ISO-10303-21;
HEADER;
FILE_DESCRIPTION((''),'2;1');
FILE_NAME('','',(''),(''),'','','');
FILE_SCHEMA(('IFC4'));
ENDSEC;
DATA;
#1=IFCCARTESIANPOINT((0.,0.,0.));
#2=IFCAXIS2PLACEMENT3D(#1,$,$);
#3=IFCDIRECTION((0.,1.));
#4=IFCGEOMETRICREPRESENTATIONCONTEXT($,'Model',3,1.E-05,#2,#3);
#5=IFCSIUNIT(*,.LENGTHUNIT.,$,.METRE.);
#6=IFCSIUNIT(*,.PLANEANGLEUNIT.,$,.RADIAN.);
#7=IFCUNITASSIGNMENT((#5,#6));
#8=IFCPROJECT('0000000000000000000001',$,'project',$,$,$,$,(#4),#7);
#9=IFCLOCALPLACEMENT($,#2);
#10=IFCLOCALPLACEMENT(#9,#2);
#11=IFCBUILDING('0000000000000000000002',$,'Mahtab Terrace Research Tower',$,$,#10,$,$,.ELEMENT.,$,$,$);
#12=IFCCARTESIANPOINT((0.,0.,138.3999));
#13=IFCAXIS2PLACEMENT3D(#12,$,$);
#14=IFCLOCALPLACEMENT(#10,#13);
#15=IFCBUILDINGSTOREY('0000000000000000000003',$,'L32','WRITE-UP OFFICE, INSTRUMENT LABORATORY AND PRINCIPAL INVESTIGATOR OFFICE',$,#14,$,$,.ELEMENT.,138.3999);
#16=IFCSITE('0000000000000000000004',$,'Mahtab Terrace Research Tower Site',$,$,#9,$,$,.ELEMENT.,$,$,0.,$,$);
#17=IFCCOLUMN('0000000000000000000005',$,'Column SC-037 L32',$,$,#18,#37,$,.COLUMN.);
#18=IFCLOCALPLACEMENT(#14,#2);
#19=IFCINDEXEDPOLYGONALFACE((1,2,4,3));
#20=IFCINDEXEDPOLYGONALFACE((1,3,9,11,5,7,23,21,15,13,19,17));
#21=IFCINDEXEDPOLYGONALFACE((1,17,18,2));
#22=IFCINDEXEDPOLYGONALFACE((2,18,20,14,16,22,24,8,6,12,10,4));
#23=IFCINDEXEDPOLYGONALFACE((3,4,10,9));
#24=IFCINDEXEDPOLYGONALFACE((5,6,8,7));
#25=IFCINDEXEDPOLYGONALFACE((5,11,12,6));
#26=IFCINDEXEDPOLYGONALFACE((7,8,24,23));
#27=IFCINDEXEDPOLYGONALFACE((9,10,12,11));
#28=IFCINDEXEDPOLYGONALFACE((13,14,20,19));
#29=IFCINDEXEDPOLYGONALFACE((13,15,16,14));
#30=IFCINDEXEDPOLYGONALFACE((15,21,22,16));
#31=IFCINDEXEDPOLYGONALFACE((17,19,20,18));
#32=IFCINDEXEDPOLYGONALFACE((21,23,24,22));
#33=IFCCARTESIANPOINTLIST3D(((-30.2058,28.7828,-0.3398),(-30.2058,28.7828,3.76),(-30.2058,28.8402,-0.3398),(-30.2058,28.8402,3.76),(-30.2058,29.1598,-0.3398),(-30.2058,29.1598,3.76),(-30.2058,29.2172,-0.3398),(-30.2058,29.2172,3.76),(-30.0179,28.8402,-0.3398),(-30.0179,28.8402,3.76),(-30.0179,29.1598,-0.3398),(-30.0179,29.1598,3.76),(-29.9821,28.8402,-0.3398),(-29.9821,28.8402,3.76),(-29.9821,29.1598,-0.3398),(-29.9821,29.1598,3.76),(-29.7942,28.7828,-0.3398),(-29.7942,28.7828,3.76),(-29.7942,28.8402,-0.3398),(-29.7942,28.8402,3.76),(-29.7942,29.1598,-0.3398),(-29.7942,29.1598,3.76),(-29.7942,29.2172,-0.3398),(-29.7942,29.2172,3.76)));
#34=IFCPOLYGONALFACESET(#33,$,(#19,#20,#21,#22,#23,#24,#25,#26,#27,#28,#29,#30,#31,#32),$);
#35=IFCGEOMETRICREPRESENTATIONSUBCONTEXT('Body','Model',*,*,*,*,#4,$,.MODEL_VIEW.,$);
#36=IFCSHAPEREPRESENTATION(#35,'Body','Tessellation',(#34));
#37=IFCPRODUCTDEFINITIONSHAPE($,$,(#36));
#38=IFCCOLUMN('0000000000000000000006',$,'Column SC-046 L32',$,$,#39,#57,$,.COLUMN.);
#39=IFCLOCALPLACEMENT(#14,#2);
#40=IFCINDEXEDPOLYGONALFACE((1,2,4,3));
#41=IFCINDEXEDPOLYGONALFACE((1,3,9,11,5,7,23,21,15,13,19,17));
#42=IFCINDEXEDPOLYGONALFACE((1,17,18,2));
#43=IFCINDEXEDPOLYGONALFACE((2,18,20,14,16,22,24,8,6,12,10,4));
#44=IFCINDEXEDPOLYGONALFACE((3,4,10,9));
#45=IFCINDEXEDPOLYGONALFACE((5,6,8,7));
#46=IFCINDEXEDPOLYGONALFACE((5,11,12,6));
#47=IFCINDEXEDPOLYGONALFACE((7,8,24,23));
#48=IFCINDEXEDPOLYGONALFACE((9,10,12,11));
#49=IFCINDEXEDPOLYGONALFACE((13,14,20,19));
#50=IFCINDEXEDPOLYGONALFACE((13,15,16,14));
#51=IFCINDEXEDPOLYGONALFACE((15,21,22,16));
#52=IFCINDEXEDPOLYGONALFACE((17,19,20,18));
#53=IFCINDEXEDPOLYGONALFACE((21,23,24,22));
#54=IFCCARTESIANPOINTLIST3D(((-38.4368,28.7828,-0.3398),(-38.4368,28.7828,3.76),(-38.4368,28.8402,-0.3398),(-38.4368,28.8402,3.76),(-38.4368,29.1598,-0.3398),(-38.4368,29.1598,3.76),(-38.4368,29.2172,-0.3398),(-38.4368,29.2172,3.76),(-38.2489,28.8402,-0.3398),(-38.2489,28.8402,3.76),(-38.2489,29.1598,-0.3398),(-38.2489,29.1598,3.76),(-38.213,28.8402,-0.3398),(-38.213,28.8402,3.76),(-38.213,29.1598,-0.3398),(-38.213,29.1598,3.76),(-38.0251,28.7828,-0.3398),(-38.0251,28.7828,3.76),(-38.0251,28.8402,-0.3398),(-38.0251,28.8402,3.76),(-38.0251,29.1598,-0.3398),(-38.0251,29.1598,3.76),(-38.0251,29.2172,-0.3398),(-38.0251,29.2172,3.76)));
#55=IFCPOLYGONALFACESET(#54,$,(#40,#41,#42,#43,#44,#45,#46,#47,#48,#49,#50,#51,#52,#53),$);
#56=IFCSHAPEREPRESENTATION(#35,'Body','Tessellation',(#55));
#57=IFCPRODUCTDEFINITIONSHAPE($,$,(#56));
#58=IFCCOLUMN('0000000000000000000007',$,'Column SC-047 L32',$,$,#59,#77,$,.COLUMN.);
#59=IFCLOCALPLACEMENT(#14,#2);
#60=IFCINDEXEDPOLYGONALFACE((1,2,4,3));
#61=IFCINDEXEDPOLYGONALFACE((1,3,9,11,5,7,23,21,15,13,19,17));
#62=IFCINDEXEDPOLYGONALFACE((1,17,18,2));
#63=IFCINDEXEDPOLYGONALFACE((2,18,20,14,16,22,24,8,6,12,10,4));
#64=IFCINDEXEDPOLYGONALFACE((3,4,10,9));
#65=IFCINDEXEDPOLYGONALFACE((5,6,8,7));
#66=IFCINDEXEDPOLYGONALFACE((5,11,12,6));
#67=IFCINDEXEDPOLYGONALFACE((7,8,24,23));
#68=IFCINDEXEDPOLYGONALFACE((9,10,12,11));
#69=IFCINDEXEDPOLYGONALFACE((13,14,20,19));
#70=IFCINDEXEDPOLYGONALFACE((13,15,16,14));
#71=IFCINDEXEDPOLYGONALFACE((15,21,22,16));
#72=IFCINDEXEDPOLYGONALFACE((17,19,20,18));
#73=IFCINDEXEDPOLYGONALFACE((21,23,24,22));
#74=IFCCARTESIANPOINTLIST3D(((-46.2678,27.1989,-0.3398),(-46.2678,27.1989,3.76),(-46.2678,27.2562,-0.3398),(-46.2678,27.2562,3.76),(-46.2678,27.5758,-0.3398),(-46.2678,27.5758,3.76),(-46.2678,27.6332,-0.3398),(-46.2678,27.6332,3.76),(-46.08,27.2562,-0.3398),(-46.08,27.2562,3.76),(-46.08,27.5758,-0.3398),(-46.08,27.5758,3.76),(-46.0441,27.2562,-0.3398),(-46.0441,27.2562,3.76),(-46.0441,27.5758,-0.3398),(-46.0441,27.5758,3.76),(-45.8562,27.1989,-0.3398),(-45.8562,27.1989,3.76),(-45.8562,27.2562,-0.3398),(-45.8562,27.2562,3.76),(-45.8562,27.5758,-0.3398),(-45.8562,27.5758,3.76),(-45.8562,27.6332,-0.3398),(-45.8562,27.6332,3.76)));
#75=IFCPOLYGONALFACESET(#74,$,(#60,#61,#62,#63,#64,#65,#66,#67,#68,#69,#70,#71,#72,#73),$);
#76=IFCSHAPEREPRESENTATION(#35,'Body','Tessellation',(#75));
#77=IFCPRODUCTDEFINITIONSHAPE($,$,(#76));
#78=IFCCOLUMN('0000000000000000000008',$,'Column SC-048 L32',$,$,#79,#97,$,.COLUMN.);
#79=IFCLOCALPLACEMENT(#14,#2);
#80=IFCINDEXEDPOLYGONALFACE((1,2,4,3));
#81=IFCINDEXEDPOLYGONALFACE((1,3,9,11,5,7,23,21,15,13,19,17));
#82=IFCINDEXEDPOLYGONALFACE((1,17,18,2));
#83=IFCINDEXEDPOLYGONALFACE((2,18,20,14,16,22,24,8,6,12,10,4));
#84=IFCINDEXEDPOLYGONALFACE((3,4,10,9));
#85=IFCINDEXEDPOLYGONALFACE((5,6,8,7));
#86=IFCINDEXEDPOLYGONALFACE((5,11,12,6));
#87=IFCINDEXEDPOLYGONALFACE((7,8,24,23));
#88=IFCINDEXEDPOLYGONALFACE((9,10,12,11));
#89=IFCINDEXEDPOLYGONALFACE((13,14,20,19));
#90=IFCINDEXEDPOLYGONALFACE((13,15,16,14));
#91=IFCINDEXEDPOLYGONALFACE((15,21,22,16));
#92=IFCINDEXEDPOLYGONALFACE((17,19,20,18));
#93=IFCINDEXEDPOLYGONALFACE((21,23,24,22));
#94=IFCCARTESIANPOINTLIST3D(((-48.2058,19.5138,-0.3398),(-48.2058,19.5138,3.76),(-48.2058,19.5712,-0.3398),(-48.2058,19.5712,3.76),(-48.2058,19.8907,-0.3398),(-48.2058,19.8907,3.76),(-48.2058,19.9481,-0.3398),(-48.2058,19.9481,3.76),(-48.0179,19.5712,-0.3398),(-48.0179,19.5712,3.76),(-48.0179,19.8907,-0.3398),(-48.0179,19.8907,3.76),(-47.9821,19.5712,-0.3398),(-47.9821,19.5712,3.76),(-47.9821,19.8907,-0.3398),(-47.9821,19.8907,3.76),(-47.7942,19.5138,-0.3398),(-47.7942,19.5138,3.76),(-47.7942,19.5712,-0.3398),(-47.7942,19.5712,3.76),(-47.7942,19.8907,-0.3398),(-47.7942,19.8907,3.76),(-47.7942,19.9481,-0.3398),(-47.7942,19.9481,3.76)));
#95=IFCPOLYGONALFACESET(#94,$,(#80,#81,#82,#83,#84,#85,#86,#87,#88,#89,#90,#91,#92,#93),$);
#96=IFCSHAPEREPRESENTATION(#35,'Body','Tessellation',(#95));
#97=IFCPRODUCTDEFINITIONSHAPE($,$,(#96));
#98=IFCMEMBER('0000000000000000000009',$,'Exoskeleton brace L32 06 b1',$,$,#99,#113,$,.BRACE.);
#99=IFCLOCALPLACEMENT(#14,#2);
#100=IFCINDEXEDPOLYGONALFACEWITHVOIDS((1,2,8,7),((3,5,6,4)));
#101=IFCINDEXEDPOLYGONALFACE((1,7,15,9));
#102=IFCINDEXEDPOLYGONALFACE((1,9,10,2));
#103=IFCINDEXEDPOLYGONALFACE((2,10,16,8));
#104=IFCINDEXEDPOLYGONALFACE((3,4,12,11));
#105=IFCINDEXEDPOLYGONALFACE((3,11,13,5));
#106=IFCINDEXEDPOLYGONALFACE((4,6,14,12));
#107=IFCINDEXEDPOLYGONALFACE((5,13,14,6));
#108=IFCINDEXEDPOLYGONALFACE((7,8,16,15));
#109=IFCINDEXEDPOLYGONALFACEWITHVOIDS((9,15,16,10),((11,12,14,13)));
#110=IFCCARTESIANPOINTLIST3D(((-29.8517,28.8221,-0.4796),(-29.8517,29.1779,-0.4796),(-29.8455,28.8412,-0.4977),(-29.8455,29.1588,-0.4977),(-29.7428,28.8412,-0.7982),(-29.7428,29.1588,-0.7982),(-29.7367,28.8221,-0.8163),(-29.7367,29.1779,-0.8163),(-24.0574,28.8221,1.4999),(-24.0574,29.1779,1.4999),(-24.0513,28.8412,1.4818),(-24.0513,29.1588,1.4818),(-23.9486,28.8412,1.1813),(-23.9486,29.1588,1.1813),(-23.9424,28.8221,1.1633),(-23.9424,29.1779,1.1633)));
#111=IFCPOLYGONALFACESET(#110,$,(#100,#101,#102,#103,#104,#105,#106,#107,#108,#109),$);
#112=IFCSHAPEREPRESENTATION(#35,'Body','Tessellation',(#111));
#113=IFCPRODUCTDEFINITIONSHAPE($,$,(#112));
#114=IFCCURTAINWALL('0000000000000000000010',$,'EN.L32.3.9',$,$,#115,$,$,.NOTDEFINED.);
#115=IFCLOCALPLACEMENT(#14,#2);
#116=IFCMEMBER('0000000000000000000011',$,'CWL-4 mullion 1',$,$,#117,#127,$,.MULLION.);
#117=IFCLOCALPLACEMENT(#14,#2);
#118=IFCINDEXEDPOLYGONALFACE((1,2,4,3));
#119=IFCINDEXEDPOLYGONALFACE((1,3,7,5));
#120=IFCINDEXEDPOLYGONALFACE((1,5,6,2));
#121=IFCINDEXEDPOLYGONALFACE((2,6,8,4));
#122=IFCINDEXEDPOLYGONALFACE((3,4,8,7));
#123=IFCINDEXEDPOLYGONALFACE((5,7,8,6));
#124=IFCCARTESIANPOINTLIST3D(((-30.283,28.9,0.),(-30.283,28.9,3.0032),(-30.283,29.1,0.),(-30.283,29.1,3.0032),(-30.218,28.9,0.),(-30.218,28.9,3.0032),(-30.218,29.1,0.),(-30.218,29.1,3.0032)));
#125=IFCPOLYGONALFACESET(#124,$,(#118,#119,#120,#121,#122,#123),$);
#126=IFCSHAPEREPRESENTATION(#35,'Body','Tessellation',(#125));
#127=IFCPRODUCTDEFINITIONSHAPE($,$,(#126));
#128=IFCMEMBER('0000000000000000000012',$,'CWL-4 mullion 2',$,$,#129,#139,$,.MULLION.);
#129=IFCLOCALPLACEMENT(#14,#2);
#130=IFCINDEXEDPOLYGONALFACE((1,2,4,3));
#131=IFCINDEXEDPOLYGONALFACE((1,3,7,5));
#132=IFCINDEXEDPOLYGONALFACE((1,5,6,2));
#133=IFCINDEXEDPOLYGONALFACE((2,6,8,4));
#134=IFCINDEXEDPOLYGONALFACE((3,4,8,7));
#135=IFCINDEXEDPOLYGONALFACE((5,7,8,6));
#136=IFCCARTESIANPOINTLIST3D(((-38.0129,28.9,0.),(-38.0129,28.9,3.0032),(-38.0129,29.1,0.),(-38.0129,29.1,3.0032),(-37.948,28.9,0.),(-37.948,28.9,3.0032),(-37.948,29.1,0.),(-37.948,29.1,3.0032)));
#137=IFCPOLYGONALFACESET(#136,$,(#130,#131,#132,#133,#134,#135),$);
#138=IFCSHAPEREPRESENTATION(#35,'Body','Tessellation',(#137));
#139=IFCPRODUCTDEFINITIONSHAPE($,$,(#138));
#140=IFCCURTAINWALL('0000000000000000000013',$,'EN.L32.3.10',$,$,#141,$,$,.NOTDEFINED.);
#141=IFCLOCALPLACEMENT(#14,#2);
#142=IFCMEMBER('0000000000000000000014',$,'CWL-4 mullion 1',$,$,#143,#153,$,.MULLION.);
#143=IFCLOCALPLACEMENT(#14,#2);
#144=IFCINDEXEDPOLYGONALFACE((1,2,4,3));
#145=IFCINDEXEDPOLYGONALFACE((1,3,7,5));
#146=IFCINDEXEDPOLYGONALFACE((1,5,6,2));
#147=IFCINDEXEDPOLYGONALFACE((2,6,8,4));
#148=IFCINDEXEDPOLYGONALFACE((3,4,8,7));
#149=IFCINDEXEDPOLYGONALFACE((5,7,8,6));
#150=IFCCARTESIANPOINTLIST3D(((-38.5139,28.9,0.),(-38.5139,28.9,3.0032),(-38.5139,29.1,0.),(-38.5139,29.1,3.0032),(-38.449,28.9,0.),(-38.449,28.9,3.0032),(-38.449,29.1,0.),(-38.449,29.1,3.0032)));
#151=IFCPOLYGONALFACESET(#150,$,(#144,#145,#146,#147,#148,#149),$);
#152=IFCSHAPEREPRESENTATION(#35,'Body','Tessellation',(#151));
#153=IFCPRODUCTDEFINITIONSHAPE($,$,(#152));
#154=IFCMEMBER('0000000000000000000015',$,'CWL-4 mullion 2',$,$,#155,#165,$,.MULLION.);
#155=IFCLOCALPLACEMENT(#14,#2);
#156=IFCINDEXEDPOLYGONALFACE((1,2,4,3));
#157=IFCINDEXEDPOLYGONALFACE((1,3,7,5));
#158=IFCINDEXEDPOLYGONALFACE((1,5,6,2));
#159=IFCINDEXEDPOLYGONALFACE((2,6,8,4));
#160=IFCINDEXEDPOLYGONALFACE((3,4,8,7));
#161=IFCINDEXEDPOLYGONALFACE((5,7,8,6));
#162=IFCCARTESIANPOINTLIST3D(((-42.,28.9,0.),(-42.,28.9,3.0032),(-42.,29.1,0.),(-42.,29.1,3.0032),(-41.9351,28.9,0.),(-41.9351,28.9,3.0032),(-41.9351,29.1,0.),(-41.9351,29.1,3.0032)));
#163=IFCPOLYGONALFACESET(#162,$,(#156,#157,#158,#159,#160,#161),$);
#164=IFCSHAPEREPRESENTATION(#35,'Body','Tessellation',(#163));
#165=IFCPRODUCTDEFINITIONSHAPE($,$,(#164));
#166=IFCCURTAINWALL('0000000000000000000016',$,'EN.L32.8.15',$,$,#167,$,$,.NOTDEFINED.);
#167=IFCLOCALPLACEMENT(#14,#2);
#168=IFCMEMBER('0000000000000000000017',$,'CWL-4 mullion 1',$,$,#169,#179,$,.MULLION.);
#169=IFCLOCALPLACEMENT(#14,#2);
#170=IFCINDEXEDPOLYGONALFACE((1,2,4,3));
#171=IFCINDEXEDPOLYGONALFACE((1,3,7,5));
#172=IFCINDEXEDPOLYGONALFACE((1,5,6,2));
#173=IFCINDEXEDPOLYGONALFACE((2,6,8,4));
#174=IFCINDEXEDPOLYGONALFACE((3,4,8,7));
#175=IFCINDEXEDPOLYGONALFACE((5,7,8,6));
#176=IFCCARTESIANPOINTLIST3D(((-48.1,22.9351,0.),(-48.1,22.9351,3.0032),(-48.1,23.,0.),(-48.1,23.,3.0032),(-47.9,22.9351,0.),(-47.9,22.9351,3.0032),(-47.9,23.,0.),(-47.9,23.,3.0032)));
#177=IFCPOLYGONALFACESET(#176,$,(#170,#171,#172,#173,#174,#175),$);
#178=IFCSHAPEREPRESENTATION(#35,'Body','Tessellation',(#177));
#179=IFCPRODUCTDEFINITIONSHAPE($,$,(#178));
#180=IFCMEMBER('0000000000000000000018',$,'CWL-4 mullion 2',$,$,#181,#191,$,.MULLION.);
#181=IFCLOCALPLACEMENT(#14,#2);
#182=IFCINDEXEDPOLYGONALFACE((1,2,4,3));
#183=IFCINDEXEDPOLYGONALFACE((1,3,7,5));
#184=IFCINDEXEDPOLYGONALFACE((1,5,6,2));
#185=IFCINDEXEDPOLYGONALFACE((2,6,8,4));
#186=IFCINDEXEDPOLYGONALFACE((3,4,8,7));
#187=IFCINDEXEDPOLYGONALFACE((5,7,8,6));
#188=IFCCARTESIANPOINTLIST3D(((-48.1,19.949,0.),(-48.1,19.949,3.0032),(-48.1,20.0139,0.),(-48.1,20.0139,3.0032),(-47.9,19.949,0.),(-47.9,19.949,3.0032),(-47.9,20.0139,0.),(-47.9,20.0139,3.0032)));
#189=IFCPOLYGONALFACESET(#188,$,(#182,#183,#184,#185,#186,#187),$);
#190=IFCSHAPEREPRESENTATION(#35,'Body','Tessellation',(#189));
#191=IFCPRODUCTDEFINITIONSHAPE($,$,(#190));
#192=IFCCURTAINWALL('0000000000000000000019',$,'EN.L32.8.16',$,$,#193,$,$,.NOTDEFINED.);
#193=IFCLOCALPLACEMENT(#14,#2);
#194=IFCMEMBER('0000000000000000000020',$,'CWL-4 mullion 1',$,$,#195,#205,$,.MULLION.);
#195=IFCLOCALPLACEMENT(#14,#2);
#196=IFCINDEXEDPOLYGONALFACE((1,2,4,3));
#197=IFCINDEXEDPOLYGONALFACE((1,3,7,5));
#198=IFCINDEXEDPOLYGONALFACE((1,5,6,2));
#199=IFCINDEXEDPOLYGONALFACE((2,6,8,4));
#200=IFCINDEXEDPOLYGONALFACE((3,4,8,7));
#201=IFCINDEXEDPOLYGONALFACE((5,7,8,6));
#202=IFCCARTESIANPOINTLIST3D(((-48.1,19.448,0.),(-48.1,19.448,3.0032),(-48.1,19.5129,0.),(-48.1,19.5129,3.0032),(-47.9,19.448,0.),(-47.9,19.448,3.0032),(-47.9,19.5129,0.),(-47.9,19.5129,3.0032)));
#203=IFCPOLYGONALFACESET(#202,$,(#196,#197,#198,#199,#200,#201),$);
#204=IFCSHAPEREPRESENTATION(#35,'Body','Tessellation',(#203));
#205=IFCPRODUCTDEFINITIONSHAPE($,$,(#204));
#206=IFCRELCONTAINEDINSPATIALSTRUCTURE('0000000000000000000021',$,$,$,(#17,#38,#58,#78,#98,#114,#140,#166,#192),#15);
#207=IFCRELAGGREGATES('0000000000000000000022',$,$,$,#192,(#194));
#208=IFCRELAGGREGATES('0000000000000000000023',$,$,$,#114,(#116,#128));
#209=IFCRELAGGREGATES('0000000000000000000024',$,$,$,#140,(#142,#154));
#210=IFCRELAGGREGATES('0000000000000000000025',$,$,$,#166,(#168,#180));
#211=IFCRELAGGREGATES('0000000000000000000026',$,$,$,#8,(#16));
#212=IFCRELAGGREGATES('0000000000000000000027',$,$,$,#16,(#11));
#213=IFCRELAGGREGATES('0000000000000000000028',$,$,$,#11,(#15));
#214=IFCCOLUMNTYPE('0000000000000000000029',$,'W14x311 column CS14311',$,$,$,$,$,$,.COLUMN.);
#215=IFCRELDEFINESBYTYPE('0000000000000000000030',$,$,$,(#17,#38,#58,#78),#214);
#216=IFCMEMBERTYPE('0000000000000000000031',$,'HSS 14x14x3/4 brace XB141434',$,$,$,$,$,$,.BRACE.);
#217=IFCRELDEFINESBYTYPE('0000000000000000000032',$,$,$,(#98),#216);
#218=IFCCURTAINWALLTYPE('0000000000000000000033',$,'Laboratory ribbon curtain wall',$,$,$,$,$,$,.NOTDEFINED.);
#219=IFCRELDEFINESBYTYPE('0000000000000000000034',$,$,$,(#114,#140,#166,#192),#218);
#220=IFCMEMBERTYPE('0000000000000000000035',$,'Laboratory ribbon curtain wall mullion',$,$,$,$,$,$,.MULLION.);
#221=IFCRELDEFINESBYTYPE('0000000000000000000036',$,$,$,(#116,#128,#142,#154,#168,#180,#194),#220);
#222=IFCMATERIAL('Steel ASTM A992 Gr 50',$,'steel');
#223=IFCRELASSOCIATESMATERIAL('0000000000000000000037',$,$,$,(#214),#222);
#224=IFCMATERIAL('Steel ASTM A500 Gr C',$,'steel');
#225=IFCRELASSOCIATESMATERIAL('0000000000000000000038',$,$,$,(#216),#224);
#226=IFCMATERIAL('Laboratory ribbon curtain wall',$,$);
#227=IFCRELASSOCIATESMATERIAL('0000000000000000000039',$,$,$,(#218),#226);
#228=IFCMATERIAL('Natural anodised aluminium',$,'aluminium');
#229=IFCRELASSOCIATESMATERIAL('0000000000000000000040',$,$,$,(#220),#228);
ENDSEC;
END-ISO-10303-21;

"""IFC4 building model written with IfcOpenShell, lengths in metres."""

from ifc_helpers import new_model, si_unit, direction, frame, origin, origin_2d, place, context, subcontext, project, spatial, rectangle, hollow_rectangle, i_section, extrude, material, material_profile, profile_set, type_object, element, aggregate, save


model = new_model("IFC4")

# Units and contexts
model_context = context("Model", 3, precision=1e-05, world=origin(), true_north=direction((0.0, 1.0)))
body_context = subcontext(model_context, "Body", "Model", "MODEL_VIEW")
ifc_project = project(units=[si_unit("LENGTHUNIT", "METRE"), si_unit("PLANEANGLEUNIT", "RADIAN")], contexts=[model_context])

# Site, building, storey
site_placement = place(None, origin())
site = spatial("IfcSite", under=ifc_project, at=site_placement, Name="Mahtab Terrace Research Tower Site", CompositionType="ELEMENT", RefElevation=0.0)
building_placement = place(site_placement, origin())
building = spatial("IfcBuilding", under=site, at=building_placement, Name="Mahtab Terrace Research Tower", CompositionType="ELEMENT")
storey_placement = place(building_placement, frame((0.0, 0.0, 138.3999)))
storey = spatial("IfcBuildingStorey", under=building, at=storey_placement, Name="L32", Description="WRITE-UP OFFICE, INSTRUMENT LABORATORY AND PRINCIPAL INVESTIGATOR OFFICE", CompositionType="ELEMENT", Elevation=138.3999)

# Columns
ifc_material_1 = material(Name="Steel ASTM A992 Gr 50", Category="steel")
ifc_material_profile_1 = material_profile(ifc_material_1, i_section(OverallWidth=0.4116, OverallDepth=0.4343, WebThickness=0.0359, FlangeThickness=0.0574, at=origin_2d()), Name="W14X311")
ifc_profile_set_1 = profile_set([ifc_material_profile_1], Name="Steel ASTM A992 Gr 50")
column_type = type_object("IfcColumnType", Name="W14x311 column CS14311", PredefinedType="COLUMN", material=ifc_profile_set_1)
for number, where, z_axis, x_axis, name in (
    (1, (-30.0, 29.0, -0.3398), (0.0, 0.0, 1.0), (1.0, 0.0, 0.0), "Column SC-037 L32"),
    (2, (-38.231, 29.0, -0.3398), (0.0, 0.0, 1.0), (1.0, 0.0, 0.0), "Column SC-046 L32"),
    (3, (-46.062, 27.416, -0.3398), (0.0, 0.0, 1.0), (1.0, 0.0, 0.0), "Column SC-047 L32"),
    (4, (-48.0, 19.731, -0.3398), (0.0, 0.0, 1.0), (1.0, 0.0, 0.0), "Column SC-048 L32"),
):
    element("IfcColumn", number, at=place(storey_placement, frame(where, z_axis=z_axis, x_axis=x_axis)), inside=storey, type_object=column_type, Name=name, PredefinedType="COLUMN", context=body_context, shape_type="SweptSolid", body=[
        extrude(i_section(OverallWidth=0.4116, OverallDepth=0.4343, WebThickness=0.0359, FlangeThickness=0.0574, at=origin_2d()), origin(), (0.0, 0.0, 1.0), 4.0999),
    ])

# Member
ifc_material_2 = material(Name="Steel ASTM A500 Gr C", Category="steel")
ifc_material_profile_2 = material_profile(ifc_material_2, hollow_rectangle(XDim=0.3557, YDim=0.3557, WallThickness=0.019, at=origin_2d()), Name="HSS14X14X3/4")
ifc_profile_set_2 = profile_set([ifc_material_profile_2], Name="Steel ASTM A500 Gr C")
member_type_1 = type_object("IfcMemberType", Name="HSS 14x14x3/4 brace XB141434", PredefinedType="BRACE", material=ifc_profile_set_2)
member_1_placement = place(storey_placement, frame((-29.7942, 29.0, -0.6479), z_axis=(0.9463, 0.0, 0.323288), x_axis=(0.0, 1.0, 0.0)))
element("IfcMember", 5, at=member_1_placement, inside=storey, type_object=member_type_1, Name="Exoskeleton brace L32 06 b1", PredefinedType="BRACE", context=body_context, shape_type="SweptSolid", body=[
    extrude(hollow_rectangle(XDim=0.3557, YDim=0.3557, WallThickness=0.019, at=origin_2d()), origin(), (0.0, 0.0, 1.0), 6.123),
])

# Curtain walls, members
ifc_material_3 = material(Name="Laboratory ribbon curtain wall")
curtain_wall_type = type_object("IfcCurtainWallType", Name="Laboratory ribbon curtain wall", PredefinedType="NOTDEFINED", material=ifc_material_3)
curtain_wall_1_placement = place(storey_placement, origin())
curtain_wall_1 = element("IfcCurtainWall", 6, at=curtain_wall_1_placement, inside=storey, type_object=curtain_wall_type, Name="EN.L32.3.9", PredefinedType="NOTDEFINED")
ifc_material_4 = material(Name="Natural anodised aluminium", Category="aluminium")
ifc_material_profile_3 = material_profile(ifc_material_4, rectangle(XDim=0.2, YDim=0.0649, at=origin_2d()), Name="MULLION 65x200")
ifc_profile_set_3 = profile_set([ifc_material_profile_3], Name="Natural anodised aluminium")
member_type_2 = type_object("IfcMemberType", Name="Laboratory ribbon curtain wall mullion", PredefinedType="MULLION", material=ifc_profile_set_3)
member_2_placement = place(storey_placement, frame((-30.2505, 29.0, 0.0), z_axis=(0.0, 0.0, 1.0), x_axis=(0.0, -1.0, 0.0)))
member_2 = element("IfcMember", 7, at=member_2_placement, type_object=member_type_2, Name="CWL-4 mullion 1", PredefinedType="MULLION", context=body_context, shape_type="SweptSolid", body=[
    extrude(rectangle(XDim=0.2, YDim=0.0649, at=origin_2d()), origin(), (0.0, 0.0, 1.0), 3.0032),
])
member_3_placement = place(storey_placement, frame((-37.9805, 29.0, 0.0), z_axis=(0.0, 0.0, 1.0), x_axis=(0.0, -1.0, 0.0)))
member_3 = element("IfcMember", 8, at=member_3_placement, type_object=member_type_2, Name="CWL-4 mullion 2", PredefinedType="MULLION", context=body_context, shape_type="SweptSolid", body=[
    extrude(rectangle(XDim=0.2, YDim=0.0649, at=origin_2d()), origin(), (0.0, 0.0, 1.0), 3.0032),
])
curtain_wall_2_placement = place(storey_placement, origin())
curtain_wall_2 = element("IfcCurtainWall", 9, at=curtain_wall_2_placement, inside=storey, type_object=curtain_wall_type, Name="EN.L32.3.10", PredefinedType="NOTDEFINED")
member_4_placement = place(storey_placement, frame((-38.4814, 29.0, 0.0), z_axis=(0.0, 0.0, 1.0), x_axis=(0.0, -1.0, 0.0)))
member_4 = element("IfcMember", 10, at=member_4_placement, type_object=member_type_2, Name="CWL-4 mullion 1", PredefinedType="MULLION", context=body_context, shape_type="SweptSolid", body=[
    extrude(rectangle(XDim=0.2, YDim=0.0649, at=origin_2d()), origin(), (0.0, 0.0, 1.0), 3.0032),
])
member_5_placement = place(storey_placement, frame((-41.9675, 29.0, 0.0), z_axis=(0.0, 0.0, 1.0), x_axis=(0.0, -1.0, 0.0)))
member_5 = element("IfcMember", 11, at=member_5_placement, type_object=member_type_2, Name="CWL-4 mullion 2", PredefinedType="MULLION", context=body_context, shape_type="SweptSolid", body=[
    extrude(rectangle(XDim=0.2, YDim=0.0649, at=origin_2d()), origin(), (0.0, 0.0, 1.0), 3.0032),
])
curtain_wall_3_placement = place(storey_placement, origin())
curtain_wall_3 = element("IfcCurtainWall", 12, at=curtain_wall_3_placement, inside=storey, type_object=curtain_wall_type, Name="EN.L32.8.15", PredefinedType="NOTDEFINED")
member_6_placement = place(storey_placement, frame((-48.0, 22.9675, 0.0), z_axis=(0.0, 0.0, 1.0), x_axis=(1.0, 0.0, 0.0)))
member_6 = element("IfcMember", 13, at=member_6_placement, type_object=member_type_2, Name="CWL-4 mullion 1", PredefinedType="MULLION", context=body_context, shape_type="SweptSolid", body=[
    extrude(rectangle(XDim=0.2, YDim=0.0649, at=origin_2d()), origin(), (0.0, 0.0, 1.0), 3.0032),
])
member_7_placement = place(storey_placement, frame((-48.0, 19.9814, 0.0), z_axis=(0.0, 0.0, 1.0), x_axis=(1.0, 0.0, 0.0)))
member_7 = element("IfcMember", 14, at=member_7_placement, type_object=member_type_2, Name="CWL-4 mullion 2", PredefinedType="MULLION", context=body_context, shape_type="SweptSolid", body=[
    extrude(rectangle(XDim=0.2, YDim=0.0649, at=origin_2d()), origin(), (0.0, 0.0, 1.0), 3.0032),
])

# Curtain wall, member
curtain_wall_4_placement = place(storey_placement, origin())
curtain_wall_4 = element("IfcCurtainWall", 15, at=curtain_wall_4_placement, inside=storey, type_object=curtain_wall_type, Name="EN.L32.8.16", PredefinedType="NOTDEFINED")
member_8_placement = place(storey_placement, frame((-48.0, 19.4805, 0.0), z_axis=(0.0, 0.0, 1.0), x_axis=(1.0, 0.0, 0.0)))
member_8 = element("IfcMember", 16, at=member_8_placement, type_object=member_type_2, Name="CWL-4 mullion 1", PredefinedType="MULLION", context=body_context, shape_type="SweptSolid", body=[
    extrude(rectangle(XDim=0.2, YDim=0.0649, at=origin_2d()), origin(), (0.0, 0.0, 1.0), 3.0032),
])
aggregate(curtain_wall_4, [member_8])

aggregate(curtain_wall_1, [member_2, member_3])
aggregate(curtain_wall_2, [member_4, member_5])
aggregate(curtain_wall_3, [member_6, member_7])

save(model, "model.ifc")
